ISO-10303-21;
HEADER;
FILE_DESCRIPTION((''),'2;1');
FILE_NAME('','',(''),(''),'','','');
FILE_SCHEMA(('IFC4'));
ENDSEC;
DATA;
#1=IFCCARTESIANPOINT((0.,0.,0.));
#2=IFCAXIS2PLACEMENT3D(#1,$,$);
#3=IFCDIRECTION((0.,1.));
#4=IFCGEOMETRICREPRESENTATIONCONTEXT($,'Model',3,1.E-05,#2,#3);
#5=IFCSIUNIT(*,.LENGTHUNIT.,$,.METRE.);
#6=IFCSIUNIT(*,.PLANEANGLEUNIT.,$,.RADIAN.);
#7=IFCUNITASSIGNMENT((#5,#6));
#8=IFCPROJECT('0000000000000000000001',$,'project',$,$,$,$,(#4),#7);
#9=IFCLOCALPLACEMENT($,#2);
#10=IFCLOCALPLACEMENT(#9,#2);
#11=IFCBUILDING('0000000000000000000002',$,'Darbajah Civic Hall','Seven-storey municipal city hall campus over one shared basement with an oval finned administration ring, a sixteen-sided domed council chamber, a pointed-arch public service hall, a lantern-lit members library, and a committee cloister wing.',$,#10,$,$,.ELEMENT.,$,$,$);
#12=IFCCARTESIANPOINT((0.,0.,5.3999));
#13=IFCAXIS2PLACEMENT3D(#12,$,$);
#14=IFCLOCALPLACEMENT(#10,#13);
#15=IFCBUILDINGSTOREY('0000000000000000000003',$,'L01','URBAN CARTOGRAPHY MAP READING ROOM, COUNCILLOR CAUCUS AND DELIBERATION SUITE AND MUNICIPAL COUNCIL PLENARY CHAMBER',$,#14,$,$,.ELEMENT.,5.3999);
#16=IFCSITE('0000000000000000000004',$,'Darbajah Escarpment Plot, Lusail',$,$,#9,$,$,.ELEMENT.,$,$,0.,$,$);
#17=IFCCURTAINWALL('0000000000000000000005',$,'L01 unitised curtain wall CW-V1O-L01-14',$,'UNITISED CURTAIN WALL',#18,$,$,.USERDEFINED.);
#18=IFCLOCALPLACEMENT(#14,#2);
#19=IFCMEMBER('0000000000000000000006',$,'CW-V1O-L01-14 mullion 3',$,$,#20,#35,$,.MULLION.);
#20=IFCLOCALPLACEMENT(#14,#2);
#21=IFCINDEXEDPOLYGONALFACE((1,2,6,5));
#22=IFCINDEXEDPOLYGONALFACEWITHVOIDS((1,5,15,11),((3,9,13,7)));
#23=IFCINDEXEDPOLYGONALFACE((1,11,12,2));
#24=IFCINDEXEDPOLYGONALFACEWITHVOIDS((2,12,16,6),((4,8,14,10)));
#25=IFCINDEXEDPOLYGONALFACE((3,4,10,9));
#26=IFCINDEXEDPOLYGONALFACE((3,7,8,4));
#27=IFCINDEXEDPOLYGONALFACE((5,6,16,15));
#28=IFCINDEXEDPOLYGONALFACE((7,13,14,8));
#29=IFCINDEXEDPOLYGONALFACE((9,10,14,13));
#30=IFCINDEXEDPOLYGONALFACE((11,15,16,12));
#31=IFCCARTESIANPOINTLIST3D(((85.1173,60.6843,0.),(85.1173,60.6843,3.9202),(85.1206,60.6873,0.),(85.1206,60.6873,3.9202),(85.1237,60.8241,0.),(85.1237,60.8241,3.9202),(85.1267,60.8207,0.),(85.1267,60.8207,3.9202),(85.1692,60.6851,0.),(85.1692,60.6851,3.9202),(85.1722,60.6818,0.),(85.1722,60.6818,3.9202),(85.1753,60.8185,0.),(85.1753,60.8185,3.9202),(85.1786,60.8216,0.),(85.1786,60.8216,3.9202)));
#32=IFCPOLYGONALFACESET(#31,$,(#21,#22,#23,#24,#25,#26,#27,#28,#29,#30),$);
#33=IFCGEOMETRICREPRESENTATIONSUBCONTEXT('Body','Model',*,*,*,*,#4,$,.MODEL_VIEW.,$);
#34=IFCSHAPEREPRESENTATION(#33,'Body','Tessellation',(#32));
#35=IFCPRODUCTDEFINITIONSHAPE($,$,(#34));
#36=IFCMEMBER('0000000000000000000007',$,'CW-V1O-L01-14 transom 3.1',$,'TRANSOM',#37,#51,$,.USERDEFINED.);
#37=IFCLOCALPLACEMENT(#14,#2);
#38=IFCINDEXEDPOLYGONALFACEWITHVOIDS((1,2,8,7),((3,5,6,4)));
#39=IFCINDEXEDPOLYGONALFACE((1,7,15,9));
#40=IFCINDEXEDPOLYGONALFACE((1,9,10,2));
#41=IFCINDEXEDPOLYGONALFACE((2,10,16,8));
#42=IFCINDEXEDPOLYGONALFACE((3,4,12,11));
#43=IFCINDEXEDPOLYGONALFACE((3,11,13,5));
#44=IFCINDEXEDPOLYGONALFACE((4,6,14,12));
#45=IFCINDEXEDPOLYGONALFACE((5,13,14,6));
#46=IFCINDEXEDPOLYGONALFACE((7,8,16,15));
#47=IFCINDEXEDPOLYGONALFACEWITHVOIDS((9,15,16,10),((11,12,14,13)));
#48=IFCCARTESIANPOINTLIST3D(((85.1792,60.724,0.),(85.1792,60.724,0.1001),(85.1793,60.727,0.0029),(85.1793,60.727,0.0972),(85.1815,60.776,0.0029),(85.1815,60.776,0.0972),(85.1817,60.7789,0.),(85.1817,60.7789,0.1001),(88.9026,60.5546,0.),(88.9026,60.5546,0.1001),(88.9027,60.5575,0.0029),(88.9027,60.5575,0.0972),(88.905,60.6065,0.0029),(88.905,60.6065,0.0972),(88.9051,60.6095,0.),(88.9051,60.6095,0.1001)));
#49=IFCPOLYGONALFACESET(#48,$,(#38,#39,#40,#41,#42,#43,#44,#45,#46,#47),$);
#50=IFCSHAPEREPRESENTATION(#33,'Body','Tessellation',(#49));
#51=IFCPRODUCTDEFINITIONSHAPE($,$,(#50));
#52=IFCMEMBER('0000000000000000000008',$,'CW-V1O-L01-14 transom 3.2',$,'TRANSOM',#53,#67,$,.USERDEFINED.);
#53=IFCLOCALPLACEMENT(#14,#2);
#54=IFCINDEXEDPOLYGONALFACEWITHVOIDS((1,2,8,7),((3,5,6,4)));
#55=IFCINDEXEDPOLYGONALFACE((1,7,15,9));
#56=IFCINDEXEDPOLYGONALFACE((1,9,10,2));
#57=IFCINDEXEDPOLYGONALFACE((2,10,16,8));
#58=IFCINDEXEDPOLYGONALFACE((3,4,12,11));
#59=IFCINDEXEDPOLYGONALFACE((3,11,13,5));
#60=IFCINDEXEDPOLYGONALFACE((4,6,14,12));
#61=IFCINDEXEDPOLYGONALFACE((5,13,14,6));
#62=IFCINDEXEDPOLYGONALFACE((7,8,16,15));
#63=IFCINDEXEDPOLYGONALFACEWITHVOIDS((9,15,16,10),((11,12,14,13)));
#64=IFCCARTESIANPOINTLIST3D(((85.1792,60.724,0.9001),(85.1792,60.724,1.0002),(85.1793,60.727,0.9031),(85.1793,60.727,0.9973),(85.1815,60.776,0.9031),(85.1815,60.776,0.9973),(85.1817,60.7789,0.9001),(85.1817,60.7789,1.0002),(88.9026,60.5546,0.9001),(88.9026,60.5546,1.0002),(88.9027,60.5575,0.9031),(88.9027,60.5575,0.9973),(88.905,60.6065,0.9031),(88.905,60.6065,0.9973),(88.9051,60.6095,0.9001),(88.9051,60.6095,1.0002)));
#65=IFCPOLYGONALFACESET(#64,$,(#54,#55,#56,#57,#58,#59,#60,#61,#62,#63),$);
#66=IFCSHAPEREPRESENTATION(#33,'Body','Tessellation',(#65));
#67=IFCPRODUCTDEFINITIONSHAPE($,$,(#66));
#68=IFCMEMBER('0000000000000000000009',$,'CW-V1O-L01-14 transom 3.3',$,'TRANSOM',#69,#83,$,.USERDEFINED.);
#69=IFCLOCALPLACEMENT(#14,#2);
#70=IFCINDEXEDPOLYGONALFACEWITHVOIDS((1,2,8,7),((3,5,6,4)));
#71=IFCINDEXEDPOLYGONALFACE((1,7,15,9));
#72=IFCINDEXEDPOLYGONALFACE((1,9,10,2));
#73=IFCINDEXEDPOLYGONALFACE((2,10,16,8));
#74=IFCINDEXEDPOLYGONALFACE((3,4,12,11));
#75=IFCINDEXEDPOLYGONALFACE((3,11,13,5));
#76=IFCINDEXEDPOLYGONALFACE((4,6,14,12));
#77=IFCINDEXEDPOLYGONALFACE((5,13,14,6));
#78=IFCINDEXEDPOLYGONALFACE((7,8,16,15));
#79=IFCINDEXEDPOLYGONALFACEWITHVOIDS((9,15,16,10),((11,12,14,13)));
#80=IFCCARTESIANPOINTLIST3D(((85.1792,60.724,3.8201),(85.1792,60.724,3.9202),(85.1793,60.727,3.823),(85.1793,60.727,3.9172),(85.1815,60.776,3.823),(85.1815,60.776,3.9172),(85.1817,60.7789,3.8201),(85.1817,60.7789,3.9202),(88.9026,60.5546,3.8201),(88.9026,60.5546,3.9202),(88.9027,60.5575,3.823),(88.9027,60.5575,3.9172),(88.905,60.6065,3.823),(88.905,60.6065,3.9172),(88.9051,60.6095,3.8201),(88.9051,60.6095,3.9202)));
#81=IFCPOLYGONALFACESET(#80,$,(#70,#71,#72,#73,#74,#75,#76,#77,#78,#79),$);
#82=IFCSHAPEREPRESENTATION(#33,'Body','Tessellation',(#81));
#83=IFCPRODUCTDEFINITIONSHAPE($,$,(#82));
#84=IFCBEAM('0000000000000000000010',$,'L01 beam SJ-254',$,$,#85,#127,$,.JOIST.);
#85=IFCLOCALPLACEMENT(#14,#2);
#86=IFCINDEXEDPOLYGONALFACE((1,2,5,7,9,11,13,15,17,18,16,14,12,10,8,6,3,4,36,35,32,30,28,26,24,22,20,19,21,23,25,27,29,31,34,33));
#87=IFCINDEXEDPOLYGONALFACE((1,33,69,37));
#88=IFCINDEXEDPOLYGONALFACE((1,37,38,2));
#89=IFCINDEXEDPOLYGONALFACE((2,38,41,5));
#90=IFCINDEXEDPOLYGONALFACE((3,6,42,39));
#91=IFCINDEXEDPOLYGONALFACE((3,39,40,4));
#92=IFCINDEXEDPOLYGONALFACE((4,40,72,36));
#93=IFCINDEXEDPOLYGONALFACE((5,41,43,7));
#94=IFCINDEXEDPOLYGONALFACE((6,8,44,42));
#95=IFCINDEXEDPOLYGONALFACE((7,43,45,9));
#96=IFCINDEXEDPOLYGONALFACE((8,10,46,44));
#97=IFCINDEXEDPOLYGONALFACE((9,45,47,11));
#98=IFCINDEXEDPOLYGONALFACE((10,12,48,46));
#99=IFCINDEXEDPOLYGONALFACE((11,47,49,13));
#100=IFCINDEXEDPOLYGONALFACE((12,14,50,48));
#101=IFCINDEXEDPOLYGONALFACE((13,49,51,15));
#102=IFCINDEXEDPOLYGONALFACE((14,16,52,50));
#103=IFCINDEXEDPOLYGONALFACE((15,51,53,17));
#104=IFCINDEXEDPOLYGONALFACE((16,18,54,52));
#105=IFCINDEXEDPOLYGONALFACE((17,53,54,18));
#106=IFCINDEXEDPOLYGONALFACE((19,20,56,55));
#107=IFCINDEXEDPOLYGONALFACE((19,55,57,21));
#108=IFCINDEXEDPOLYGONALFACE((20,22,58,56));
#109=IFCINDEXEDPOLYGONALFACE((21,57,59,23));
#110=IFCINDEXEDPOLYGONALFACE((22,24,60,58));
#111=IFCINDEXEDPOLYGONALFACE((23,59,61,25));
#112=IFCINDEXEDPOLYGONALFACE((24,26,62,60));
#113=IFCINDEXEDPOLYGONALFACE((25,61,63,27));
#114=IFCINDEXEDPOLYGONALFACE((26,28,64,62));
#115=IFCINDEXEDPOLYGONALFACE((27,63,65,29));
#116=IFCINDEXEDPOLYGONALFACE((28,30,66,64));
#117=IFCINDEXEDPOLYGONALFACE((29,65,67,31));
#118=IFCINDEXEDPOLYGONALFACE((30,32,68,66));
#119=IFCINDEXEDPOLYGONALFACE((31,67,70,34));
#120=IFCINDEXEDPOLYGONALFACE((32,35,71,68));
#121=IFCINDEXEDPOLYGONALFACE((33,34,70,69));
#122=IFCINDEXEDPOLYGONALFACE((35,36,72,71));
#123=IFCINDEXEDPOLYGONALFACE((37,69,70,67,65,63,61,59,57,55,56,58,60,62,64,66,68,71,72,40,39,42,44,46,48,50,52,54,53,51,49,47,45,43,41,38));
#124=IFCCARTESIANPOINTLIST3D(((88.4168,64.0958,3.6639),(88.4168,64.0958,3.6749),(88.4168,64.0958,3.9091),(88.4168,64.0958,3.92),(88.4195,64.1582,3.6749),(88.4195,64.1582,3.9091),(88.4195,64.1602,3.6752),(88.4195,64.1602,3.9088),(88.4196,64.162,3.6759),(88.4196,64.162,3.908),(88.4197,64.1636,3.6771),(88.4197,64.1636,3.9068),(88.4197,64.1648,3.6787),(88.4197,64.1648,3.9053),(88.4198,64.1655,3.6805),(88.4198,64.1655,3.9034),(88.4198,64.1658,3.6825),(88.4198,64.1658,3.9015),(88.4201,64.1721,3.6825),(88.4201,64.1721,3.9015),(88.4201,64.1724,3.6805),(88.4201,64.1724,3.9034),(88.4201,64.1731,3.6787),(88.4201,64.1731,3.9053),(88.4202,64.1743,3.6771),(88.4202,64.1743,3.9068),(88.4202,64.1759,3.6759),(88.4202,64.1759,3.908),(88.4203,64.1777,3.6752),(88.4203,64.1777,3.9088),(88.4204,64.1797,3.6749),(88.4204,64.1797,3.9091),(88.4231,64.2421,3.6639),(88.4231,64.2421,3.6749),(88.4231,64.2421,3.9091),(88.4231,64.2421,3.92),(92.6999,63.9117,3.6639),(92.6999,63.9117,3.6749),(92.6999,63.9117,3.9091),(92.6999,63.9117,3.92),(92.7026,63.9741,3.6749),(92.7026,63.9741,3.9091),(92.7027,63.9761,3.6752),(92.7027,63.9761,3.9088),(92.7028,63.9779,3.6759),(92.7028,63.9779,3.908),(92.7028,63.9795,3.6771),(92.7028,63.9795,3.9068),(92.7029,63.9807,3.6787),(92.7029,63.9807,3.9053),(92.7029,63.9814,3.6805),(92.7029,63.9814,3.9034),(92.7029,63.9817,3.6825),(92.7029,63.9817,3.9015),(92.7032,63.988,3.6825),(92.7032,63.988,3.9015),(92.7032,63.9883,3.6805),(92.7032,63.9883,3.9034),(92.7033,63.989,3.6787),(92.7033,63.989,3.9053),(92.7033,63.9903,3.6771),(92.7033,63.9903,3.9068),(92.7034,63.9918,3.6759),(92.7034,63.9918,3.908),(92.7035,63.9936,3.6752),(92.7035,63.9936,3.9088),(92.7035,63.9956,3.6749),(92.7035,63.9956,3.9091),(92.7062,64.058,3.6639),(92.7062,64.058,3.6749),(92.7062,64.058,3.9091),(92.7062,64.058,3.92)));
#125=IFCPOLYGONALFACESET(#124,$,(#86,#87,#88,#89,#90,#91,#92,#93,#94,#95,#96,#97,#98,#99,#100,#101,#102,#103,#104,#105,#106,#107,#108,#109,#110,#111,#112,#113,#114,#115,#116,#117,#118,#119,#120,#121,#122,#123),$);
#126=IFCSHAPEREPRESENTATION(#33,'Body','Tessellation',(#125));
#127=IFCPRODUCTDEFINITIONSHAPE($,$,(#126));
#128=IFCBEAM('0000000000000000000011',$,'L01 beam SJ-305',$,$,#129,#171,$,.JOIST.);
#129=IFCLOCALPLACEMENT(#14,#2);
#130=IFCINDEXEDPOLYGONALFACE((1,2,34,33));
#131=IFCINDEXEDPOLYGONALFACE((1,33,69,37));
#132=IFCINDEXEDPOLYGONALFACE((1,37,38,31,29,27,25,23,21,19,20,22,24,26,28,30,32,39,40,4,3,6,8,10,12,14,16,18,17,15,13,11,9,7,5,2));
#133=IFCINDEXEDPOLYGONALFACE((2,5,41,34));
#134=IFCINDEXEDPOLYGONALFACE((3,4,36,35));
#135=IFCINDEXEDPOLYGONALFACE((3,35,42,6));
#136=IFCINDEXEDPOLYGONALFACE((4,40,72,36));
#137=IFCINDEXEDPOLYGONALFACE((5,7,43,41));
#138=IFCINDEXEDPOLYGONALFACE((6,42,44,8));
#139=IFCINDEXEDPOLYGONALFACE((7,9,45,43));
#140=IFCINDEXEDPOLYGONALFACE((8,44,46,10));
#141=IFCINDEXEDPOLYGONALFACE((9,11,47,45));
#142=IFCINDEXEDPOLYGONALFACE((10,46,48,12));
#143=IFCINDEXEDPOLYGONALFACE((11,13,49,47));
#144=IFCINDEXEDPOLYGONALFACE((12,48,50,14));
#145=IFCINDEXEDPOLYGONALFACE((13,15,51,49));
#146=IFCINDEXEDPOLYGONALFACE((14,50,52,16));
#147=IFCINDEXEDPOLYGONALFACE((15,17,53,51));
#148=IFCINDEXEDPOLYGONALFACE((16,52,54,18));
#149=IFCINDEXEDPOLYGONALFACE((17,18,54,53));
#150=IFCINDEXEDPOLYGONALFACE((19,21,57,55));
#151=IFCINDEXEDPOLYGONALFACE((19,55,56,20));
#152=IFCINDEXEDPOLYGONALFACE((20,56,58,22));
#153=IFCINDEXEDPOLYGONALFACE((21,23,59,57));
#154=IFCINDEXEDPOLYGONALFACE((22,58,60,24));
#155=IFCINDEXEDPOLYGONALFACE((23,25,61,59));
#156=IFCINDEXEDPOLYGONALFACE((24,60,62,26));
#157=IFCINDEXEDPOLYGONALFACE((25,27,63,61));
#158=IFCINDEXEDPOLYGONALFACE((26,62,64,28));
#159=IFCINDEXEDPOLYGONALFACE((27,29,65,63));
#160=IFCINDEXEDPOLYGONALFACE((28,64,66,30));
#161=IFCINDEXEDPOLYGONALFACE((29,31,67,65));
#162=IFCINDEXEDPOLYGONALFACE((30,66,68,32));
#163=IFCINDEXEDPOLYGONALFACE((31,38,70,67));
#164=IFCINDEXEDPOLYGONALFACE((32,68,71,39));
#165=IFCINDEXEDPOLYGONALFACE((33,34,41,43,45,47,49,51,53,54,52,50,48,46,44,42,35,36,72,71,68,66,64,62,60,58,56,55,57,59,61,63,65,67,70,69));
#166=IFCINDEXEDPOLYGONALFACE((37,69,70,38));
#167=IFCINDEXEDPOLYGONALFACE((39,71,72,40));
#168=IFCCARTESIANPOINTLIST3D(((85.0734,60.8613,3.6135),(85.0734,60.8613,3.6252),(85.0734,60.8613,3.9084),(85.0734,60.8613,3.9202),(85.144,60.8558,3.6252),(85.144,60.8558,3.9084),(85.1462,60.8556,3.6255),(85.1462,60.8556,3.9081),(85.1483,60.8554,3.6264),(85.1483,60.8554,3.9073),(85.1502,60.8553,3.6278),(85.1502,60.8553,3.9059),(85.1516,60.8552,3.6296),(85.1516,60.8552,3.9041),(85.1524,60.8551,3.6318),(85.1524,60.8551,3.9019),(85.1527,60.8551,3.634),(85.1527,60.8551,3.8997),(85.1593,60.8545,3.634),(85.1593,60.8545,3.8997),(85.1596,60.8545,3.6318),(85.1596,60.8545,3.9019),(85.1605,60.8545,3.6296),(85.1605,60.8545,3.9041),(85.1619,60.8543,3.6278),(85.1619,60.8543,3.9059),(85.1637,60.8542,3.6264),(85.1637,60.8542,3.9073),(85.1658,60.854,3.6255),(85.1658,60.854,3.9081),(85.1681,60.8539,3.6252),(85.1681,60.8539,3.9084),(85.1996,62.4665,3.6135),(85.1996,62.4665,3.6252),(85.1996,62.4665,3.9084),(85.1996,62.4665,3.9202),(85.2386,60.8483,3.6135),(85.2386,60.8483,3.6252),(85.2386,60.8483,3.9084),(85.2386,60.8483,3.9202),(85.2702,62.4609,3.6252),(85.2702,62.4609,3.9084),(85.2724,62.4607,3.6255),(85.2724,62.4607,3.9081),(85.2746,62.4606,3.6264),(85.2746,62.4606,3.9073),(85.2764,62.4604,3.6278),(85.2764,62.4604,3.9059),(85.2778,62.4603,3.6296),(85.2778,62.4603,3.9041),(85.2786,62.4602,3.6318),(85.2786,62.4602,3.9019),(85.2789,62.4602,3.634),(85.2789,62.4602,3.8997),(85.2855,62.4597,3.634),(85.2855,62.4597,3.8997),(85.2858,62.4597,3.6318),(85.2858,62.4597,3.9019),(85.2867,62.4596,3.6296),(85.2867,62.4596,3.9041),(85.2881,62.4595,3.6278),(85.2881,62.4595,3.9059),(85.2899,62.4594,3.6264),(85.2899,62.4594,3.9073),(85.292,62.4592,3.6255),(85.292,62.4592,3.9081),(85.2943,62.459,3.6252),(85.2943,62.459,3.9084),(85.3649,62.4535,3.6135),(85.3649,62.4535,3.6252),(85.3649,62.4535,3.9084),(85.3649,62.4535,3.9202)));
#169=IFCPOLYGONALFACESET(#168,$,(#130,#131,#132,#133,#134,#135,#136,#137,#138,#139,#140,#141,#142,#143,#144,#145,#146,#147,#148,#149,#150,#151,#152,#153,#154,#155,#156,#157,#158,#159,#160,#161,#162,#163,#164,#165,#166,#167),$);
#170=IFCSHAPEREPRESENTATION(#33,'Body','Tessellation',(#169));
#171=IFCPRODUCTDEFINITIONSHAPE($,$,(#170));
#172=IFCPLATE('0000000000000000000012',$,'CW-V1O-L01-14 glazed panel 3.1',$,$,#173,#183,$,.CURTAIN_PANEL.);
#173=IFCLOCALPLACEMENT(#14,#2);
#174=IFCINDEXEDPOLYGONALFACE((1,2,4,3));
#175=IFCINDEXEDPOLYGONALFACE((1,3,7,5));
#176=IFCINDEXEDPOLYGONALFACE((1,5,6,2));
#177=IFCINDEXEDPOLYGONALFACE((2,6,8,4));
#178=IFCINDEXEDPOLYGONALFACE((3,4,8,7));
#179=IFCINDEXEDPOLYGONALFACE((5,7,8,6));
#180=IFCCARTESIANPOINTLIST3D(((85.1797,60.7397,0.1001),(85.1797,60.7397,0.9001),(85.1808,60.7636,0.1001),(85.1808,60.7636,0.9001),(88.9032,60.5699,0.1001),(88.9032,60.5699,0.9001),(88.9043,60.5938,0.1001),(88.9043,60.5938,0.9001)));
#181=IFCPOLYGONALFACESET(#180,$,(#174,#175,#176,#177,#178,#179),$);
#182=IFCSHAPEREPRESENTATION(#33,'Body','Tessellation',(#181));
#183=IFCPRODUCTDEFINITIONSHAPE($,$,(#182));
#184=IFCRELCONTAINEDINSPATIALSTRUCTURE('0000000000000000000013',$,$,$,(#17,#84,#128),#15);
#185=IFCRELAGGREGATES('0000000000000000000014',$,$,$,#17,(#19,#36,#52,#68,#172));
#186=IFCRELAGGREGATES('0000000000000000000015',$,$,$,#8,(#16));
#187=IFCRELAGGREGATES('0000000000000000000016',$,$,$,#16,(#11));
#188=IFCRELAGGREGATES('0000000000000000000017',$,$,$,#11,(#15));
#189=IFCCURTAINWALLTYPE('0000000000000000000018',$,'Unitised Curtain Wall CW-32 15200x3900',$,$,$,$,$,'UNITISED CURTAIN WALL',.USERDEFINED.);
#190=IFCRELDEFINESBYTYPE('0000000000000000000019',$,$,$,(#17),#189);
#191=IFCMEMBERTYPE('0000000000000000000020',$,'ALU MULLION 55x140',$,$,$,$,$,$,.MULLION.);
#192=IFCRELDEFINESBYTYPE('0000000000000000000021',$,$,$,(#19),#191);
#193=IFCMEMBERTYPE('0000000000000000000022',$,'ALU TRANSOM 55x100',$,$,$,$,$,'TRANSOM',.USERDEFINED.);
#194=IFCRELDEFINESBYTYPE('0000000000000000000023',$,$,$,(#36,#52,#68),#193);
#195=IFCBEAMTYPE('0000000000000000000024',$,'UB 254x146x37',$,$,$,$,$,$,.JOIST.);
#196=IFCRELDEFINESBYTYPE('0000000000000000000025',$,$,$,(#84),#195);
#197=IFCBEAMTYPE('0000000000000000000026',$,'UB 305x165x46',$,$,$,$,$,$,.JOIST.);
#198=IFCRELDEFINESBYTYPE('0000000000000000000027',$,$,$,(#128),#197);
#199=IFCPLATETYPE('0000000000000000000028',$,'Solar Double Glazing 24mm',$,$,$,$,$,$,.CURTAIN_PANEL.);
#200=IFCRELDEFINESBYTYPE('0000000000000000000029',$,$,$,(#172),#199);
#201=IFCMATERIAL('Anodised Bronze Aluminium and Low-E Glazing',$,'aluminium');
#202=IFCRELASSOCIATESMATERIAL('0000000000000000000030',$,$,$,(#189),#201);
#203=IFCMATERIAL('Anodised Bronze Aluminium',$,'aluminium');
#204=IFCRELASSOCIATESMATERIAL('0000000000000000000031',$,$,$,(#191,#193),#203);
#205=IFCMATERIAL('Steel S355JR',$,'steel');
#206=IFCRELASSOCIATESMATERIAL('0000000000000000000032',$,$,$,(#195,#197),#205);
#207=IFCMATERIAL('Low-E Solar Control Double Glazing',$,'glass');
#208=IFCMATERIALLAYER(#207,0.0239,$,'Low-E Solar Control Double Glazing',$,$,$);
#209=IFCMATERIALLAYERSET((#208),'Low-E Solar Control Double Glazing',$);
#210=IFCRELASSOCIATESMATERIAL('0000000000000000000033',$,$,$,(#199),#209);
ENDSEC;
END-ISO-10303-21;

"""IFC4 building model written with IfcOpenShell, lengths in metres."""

from ifc_helpers import new_model, si_unit, direction, frame, origin, origin_2d, place, context, subcontext, project, spatial, rectangle, hollow_rectangle, i_section, extrude, material, layer, layer_set, material_profile, profile_set, type_object, element, aggregate, save


model = new_model("IFC4")

# Units and contexts
model_context = context("Model", 3, precision=1e-05, world=origin(), true_north=direction((0.0, 1.0)))
body_context = subcontext(model_context, "Body", "Model", "MODEL_VIEW")
ifc_project = project(units=[si_unit("LENGTHUNIT", "METRE"), si_unit("PLANEANGLEUNIT", "RADIAN")], contexts=[model_context])

# Site, building, storey
site_placement = place(None, origin())
site = spatial("IfcSite", under=ifc_project, at=site_placement, Name="Darbajah Escarpment Plot, Lusail", CompositionType="ELEMENT", RefElevation=0.0)
building_placement = place(site_placement, origin())
building = spatial("IfcBuilding", under=site, at=building_placement, Name="Darbajah Civic Hall", Description="Seven-storey municipal city hall campus over one shared basement with an oval finned administration ring, a sixteen-sided domed council chamber, a pointed-arch public service hall, a lantern-lit members library, and a committee cloister wing.", CompositionType="ELEMENT")
storey_placement = place(building_placement, frame((0.0, 0.0, 5.3999)))
storey = spatial("IfcBuildingStorey", under=building, at=storey_placement, Name="L01", Description="URBAN CARTOGRAPHY MAP READING ROOM, COUNCILLOR CAUCUS AND DELIBERATION SUITE AND MUNICIPAL COUNCIL PLENARY CHAMBER", CompositionType="ELEMENT", Elevation=5.3999)

# Curtain wall, members
ifc_material_1 = material(Name="Anodised Bronze Aluminium and Low-E Glazing", Category="aluminium")
curtain_wall_type = type_object("IfcCurtainWallType", Name="Unitised Curtain Wall CW-32 15200x3900", ElementType="UNITISED CURTAIN WALL", PredefinedType="USERDEFINED", material=ifc_material_1)
curtain_wall_placement = place(storey_placement, origin())
curtain_wall = element("IfcCurtainWall", 1, at=curtain_wall_placement, inside=storey, type_object=curtain_wall_type, Name="L01 unitised curtain wall CW-V1O-L01-14", ObjectType="UNITISED CURTAIN WALL", PredefinedType="USERDEFINED")
ifc_material_2 = material(Name="Anodised Bronze Aluminium", Category="aluminium")
ifc_material_profile_1 = material_profile(ifc_material_2, hollow_rectangle(XDim=0.0549, YDim=0.1399, WallThickness=0.0032, at=origin_2d()), Name="ALU MULLION 55x140")
ifc_profile_set_1 = profile_set([ifc_material_profile_1], Name="Anodised Bronze Aluminium")
member_type_1 = type_object("IfcMemberType", Name="ALU MULLION 55x140", PredefinedType="MULLION", material=ifc_profile_set_1)
member_1_placement = place(storey_placement, frame((85.1479, 60.7529, 0.0), z_axis=(0.0, 0.0, 1.0), x_axis=(0.998963, -0.045537, 0.0)))
member_1 = element("IfcMember", 2, at=member_1_placement, type_object=member_type_1, Name="CW-V1O-L01-14 mullion 3", PredefinedType="MULLION", context=body_context, shape_type="SweptSolid", body=[
    extrude(hollow_rectangle(XDim=0.0549, YDim=0.1399, WallThickness=0.0032, at=origin_2d()), origin(), (0.0, 0.0, 1.0), 3.9202),
])
ifc_material_profile_2 = material_profile(ifc_material_2, hollow_rectangle(XDim=0.0549, YDim=0.1001, WallThickness=0.0029, at=origin_2d()), Name="ALU TRANSOM 55x100")
ifc_profile_set_2 = profile_set([ifc_material_profile_2], Name="Anodised Bronze Aluminium")
member_type_2 = type_object("IfcMemberType", Name="ALU TRANSOM 55x100", ElementType="TRANSOM", PredefinedType="USERDEFINED", material=ifc_profile_set_2)
member_2_placement = place(storey_placement, frame((85.1804, 60.7515, 0.05), z_axis=(0.998966, -0.045458, 0.0), x_axis=(0.045458, 0.998966, 0.0)))
member_2 = element("IfcMember", 3, at=member_2_placement, type_object=member_type_2, Name="CW-V1O-L01-14 transom 3.1", ObjectType="TRANSOM", PredefinedType="USERDEFINED", context=body_context, shape_type="SweptSolid", body=[
    extrude(hollow_rectangle(XDim=0.0549, YDim=0.1001, WallThickness=0.0029, at=origin_2d()), origin(), (0.0, 0.0, 1.0), 3.7273),
])
member_3_placement = place(storey_placement, frame((85.1804, 60.7515, 0.9502), z_axis=(0.998966, -0.045458, 0.0), x_axis=(0.045458, 0.998966, 0.0)))
member_3 = element("IfcMember", 4, at=member_3_placement, type_object=member_type_2, Name="CW-V1O-L01-14 transom 3.2", ObjectType="TRANSOM", PredefinedType="USERDEFINED", context=body_context, shape_type="SweptSolid", body=[
    extrude(hollow_rectangle(XDim=0.0549, YDim=0.1001, WallThickness=0.0029, at=origin_2d()), origin(), (0.0, 0.0, 1.0), 3.7273),
])
member_4_placement = place(storey_placement, frame((85.1804, 60.7515, 3.8701), z_axis=(0.998966, -0.045458, 0.0), x_axis=(0.045458, 0.998966, 0.0)))
member_4 = element("IfcMember", 5, at=member_4_placement, type_object=member_type_2, Name="CW-V1O-L01-14 transom 3.3", ObjectType="TRANSOM", PredefinedType="USERDEFINED", context=body_context, shape_type="SweptSolid", body=[
    extrude(hollow_rectangle(XDim=0.0549, YDim=0.1001, WallThickness=0.0029, at=origin_2d()), origin(), (0.0, 0.0, 1.0), 3.7273),
])

# Beams
ifc_material_3 = material(Name="Steel S355JR", Category="steel")
ifc_material_profile_3 = material_profile(ifc_material_3, i_section(OverallWidth=0.1465, OverallDepth=0.2561, WebThickness=0.0063, FlangeThickness=0.011, FilletRadius=0.0076, at=origin_2d()), Name="UB 254x146x37")
ifc_profile_set_3 = profile_set([ifc_material_profile_3], Name="Steel S355JR")
beam_type_1 = type_object("IfcBeamType", Name="UB 254x146x37", PredefinedType="JOIST", material=ifc_profile_set_3)
beam_1_placement = place(storey_placement, frame((88.4199, 64.1689, 3.792), z_axis=(0.999078, -0.042938, 0.0), x_axis=(0.042938, 0.999078, 0.0)))
element("IfcBeam", 6, at=beam_1_placement, inside=storey, type_object=beam_type_1, Name="L01 beam SJ-254", PredefinedType="JOIST", context=body_context, shape_type="SweptSolid", body=[
    extrude(i_section(OverallWidth=0.1465, OverallDepth=0.2561, WebThickness=0.0063, FlangeThickness=0.011, FilletRadius=0.0076, at=origin_2d()), origin(), (0.0, 0.0, 1.0), 4.2871),
])
ifc_material_profile_4 = material_profile(ifc_material_3, i_section(OverallWidth=0.1658, OverallDepth=0.3066, WebThickness=0.0066, FlangeThickness=0.0117, FilletRadius=0.0088, at=origin_2d()), Name="UB 305x165x46")
ifc_profile_set_4 = profile_set([ifc_material_profile_4], Name="Steel S355JR")
beam_type_2 = type_object("IfcBeamType", Name="UB 305x165x46", PredefinedType="JOIST", material=ifc_profile_set_4)
beam_2_placement = place(storey_placement, frame((85.2822, 62.46, 3.7668), z_axis=(-0.078389, -0.996923, 0.0), x_axis=(0.996923, -0.078389, 0.0)))
element("IfcBeam", 7, at=beam_2_placement, inside=storey, type_object=beam_type_2, Name="L01 beam SJ-305", PredefinedType="JOIST", context=body_context, shape_type="SweptSolid", body=[
    extrude(i_section(OverallWidth=0.1658, OverallDepth=0.3066, WebThickness=0.0066, FlangeThickness=0.0117, FilletRadius=0.0088, at=origin_2d()), origin(), (0.0, 0.0, 1.0), 1.6101),
])

# Plate
ifc_material_4 = material(Name="Low-E Solar Control Double Glazing", Category="glass")
ifc_layer_1 = layer(ifc_material_4, 0.0239, Name="Low-E Solar Control Double Glazing")
ifc_layer_set_1 = layer_set([ifc_layer_1], Name="Low-E Solar Control Double Glazing")
plate_type = type_object("IfcPlateType", Name="Solar Double Glazing 24mm", PredefinedType="CURTAIN_PANEL", material=ifc_layer_set_1)
plate_1_placement = place(storey_placement, frame((87.042, 60.6667, 0.1001), z_axis=(0.0, 0.0, 1.0), x_axis=(0.998963, -0.045537, 0.0)))
plate_1 = element("IfcPlate", 8, at=plate_1_placement, type_object=plate_type, Name="CW-V1O-L01-14 glazed panel 3.1", PredefinedType="CURTAIN_PANEL", context=body_context, shape_type="SweptSolid", body=[
    extrude(rectangle(XDim=3.7273, YDim=0.0239, at=origin_2d()), origin(), (0.0, 0.0, 1.0), 0.8),
])
aggregate(curtain_wall, [member_1, member_2, member_3, member_4, plate_1])

save(model, "model.ifc")
